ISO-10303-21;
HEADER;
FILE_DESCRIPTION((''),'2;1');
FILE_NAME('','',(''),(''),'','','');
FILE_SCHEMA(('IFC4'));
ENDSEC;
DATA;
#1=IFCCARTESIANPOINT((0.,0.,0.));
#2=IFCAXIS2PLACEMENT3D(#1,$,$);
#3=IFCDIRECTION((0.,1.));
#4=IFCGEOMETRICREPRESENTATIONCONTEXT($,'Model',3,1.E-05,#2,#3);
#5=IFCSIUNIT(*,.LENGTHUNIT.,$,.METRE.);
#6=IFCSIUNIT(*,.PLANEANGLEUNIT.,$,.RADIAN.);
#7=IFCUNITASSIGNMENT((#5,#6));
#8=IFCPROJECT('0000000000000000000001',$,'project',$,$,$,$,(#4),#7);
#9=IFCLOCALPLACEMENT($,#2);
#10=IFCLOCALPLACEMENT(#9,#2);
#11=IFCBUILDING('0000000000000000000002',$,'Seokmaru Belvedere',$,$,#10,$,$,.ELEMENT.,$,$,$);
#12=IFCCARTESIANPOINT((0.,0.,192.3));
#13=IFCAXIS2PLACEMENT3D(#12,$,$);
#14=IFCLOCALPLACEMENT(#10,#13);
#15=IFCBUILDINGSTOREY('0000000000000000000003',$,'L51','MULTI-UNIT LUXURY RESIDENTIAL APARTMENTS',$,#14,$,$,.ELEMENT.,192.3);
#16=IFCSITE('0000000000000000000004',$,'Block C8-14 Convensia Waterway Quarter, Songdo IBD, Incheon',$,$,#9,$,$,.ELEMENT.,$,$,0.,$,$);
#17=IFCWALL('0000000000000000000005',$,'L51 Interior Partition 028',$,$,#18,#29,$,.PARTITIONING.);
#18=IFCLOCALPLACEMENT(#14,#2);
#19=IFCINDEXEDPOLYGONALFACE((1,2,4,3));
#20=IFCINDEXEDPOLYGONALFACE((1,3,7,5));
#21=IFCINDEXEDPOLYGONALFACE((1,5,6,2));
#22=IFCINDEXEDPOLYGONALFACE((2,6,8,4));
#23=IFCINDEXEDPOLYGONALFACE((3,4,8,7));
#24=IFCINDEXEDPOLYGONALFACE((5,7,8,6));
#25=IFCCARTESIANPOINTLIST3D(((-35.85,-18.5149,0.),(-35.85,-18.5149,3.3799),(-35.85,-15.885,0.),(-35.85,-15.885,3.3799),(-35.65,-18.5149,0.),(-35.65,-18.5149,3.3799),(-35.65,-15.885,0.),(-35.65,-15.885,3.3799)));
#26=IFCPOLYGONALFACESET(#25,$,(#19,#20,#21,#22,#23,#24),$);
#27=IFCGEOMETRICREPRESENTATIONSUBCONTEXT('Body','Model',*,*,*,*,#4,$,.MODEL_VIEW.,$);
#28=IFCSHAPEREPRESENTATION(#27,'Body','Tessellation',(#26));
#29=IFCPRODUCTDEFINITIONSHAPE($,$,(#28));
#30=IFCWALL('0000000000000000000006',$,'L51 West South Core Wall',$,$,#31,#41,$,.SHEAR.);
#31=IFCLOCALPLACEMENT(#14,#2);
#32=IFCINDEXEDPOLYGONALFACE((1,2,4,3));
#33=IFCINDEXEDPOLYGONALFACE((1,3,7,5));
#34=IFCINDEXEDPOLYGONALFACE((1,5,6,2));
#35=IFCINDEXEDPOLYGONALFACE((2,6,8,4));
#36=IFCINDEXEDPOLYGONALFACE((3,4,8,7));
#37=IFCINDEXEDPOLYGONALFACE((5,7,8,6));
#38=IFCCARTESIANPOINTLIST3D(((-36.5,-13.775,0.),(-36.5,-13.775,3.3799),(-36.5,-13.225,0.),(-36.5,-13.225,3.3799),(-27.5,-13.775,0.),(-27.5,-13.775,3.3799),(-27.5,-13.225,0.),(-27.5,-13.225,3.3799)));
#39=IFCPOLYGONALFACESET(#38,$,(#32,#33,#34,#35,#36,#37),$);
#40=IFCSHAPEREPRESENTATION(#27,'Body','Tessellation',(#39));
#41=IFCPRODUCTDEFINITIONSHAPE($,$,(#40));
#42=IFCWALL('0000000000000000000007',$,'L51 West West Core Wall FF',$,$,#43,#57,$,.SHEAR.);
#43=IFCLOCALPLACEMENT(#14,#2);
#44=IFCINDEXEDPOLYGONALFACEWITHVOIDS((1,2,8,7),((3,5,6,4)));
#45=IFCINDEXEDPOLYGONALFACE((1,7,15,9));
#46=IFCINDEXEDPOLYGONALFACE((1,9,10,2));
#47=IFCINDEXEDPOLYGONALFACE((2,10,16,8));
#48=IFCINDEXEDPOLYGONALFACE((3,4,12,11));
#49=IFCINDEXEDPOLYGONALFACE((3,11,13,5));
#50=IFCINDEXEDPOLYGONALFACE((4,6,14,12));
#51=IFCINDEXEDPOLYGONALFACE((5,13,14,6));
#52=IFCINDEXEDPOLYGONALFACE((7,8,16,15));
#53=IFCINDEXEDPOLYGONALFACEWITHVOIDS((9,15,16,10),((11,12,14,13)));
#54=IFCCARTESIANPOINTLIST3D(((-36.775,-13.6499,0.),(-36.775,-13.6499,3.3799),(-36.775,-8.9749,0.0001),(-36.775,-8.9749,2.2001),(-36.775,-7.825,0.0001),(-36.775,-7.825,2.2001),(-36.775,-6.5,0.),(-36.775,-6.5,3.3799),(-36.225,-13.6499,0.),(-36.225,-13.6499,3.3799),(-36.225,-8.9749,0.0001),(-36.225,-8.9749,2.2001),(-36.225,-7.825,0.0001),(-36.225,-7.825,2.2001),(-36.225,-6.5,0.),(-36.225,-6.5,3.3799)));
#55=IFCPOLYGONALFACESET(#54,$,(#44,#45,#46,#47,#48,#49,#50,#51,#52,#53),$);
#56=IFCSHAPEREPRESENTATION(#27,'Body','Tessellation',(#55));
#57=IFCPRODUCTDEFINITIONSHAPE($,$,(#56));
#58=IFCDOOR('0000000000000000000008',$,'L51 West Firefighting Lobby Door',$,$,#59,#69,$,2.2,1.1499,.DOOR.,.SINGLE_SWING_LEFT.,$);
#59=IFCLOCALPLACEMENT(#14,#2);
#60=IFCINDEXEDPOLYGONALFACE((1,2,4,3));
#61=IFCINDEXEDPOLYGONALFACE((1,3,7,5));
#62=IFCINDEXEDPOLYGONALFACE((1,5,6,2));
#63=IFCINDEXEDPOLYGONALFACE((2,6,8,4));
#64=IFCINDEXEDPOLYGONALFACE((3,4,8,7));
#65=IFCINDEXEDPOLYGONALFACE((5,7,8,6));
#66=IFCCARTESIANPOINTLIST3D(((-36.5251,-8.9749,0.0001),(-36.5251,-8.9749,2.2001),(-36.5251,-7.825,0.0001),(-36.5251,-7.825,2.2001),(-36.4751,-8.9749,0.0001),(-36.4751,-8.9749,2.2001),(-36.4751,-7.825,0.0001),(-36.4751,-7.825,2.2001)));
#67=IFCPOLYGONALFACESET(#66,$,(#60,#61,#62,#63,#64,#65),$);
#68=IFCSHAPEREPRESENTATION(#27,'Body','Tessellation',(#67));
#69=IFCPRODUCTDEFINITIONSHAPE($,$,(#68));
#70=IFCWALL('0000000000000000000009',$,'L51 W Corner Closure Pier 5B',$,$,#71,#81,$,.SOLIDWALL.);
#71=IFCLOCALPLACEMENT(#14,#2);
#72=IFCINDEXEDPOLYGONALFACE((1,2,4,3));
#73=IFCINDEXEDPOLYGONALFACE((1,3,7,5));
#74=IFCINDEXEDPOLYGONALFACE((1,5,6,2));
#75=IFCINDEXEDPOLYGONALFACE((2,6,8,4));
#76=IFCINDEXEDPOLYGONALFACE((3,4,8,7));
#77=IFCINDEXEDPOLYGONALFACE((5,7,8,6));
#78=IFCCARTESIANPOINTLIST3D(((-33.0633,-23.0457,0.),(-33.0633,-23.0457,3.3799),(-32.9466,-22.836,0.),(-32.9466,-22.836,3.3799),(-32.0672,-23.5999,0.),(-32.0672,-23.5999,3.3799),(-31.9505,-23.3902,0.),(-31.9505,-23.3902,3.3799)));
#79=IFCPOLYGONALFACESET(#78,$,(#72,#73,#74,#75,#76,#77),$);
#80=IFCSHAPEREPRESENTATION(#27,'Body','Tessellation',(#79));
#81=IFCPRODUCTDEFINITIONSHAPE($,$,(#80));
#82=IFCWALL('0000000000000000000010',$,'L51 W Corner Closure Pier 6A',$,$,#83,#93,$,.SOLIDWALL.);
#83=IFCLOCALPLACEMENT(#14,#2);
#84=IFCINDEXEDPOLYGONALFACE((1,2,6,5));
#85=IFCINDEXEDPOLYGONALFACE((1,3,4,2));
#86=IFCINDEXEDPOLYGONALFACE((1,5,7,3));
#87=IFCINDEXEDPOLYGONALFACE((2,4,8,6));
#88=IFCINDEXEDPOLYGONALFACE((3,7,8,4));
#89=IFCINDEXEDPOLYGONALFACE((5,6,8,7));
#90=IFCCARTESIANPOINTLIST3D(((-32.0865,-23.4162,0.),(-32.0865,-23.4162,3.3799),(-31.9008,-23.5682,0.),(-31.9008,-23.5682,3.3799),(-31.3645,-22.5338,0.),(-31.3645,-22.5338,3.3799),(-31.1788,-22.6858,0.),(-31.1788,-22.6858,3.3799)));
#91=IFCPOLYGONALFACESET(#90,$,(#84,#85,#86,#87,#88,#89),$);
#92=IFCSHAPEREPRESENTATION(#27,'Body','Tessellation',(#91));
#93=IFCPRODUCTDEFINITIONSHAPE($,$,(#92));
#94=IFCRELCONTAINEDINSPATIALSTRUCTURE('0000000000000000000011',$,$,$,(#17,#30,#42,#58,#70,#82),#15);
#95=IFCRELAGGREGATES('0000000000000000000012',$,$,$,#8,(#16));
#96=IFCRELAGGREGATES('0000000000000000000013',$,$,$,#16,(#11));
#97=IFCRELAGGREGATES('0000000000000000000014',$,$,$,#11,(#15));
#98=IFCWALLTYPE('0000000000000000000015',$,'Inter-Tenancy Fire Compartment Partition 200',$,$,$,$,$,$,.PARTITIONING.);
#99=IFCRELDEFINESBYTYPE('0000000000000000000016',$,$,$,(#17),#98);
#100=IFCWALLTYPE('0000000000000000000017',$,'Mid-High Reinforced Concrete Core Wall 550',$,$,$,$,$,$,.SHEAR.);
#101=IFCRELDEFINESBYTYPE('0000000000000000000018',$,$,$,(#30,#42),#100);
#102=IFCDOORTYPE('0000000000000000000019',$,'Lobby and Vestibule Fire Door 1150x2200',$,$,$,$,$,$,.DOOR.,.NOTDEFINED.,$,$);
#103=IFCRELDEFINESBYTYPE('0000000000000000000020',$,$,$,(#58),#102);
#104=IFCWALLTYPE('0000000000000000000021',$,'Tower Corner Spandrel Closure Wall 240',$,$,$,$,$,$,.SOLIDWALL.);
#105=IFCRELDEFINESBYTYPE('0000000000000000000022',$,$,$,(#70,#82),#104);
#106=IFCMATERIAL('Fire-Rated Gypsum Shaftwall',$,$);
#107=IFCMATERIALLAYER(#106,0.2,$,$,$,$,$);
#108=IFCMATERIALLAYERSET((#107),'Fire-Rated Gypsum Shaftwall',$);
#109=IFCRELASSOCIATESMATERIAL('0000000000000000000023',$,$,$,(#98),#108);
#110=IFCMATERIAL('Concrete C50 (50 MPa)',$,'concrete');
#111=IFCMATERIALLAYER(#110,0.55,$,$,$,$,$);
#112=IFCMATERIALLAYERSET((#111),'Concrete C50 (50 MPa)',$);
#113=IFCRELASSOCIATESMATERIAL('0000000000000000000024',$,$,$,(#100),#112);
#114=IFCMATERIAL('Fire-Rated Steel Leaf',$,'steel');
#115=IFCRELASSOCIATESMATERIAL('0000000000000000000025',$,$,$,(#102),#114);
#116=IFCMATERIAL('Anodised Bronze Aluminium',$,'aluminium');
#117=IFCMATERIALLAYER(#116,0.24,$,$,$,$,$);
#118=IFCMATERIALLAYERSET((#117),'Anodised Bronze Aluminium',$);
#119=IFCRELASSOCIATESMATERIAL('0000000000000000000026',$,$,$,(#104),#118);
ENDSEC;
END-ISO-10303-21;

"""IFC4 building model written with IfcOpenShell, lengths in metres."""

from ifc_helpers import new_model, si_unit, direction, frame, frame_2d, origin, place, context, subcontext, project, spatial, rectangle, extrude, source, transform, mapped, material, layer, layer_set, type_object, type_shapes, element, fill, save


model = new_model("IFC4")

# Units and contexts
model_context = context("Model", 3, precision=1e-05, world=origin(), true_north=direction((0.0, 1.0)))
body_context = subcontext(model_context, "Body", "Model", "MODEL_VIEW")
ifc_project = project(units=[si_unit("LENGTHUNIT", "METRE"), si_unit("PLANEANGLEUNIT", "RADIAN")], contexts=[model_context])

# Site, building, storey
site_placement = place(None, origin())
site = spatial("IfcSite", under=ifc_project, at=site_placement, Name="Block C8-14 Convensia Waterway Quarter, Songdo IBD, Incheon", CompositionType="ELEMENT", RefElevation=0.0)
building_placement = place(site_placement, origin())
building = spatial("IfcBuilding", under=site, at=building_placement, Name="Seokmaru Belvedere", CompositionType="ELEMENT")
storey_placement = place(building_placement, frame((0.0, 0.0, 192.3)))
storey = spatial("IfcBuildingStorey", under=building, at=storey_placement, Name="L51", Description="MULTI-UNIT LUXURY RESIDENTIAL APARTMENTS", CompositionType="ELEMENT", Elevation=192.3)

# Shared definitions
ifc_material_1 = material(Name="Anodised Bronze Aluminium", Category="aluminium")

# Walls
ifc_material_2 = material(Name="Fire-Rated Gypsum Shaftwall")
ifc_layer_1 = layer(ifc_material_2, 0.2)
ifc_layer_set_1 = layer_set([ifc_layer_1], Name="Fire-Rated Gypsum Shaftwall")
wall_type_1 = type_object("IfcWallType", Name="Inter-Tenancy Fire Compartment Partition 200", PredefinedType="PARTITIONING", material=ifc_layer_set_1)
wall_1_placement = place(storey_placement, frame((-35.75, -18.5149, 0.0), z_axis=(0.0, 0.0, 1.0), x_axis=(0.0, 1.0, 0.0)))
element("IfcWall", 1, at=wall_1_placement, inside=storey, type_object=wall_type_1, Name="L51 Interior Partition 028", PredefinedType="PARTITIONING", context=body_context, shape_type="SweptSolid", body=[
    extrude(rectangle(XDim=2.6299, YDim=0.2, at=frame_2d((1.3149, 0.0))), origin(), (0.0, 0.0, 1.0), 3.3799),
])
ifc_material_3 = material(Name="Concrete C50 (50 MPa)", Category="concrete")
ifc_layer_2 = layer(ifc_material_3, 0.55)
ifc_layer_set_2 = layer_set([ifc_layer_2], Name="Concrete C50 (50 MPa)")
wall_type_2 = type_object("IfcWallType", Name="Mid-High Reinforced Concrete Core Wall 550", PredefinedType="SHEAR", material=ifc_layer_set_2)
wall_2_placement = place(storey_placement, frame((-36.5, -13.5, 0.0), z_axis=(0.0, 0.0, 1.0), x_axis=(1.0, 0.0, 0.0)))
element("IfcWall", 2, at=wall_2_placement, inside=storey, type_object=wall_type_2, Name="L51 West South Core Wall", PredefinedType="SHEAR", context=body_context, shape_type="SweptSolid", body=[
    extrude(rectangle(XDim=9.0, YDim=0.55, at=frame_2d((4.5, 0.0))), origin(), (0.0, 0.0, 1.0), 3.3799),
])

# Wall, opening, door
wall_3_placement = place(storey_placement, frame((-36.5, -13.6499, 0.0), z_axis=(0.0, 0.0, 1.0), x_axis=(0.0, 1.0, 0.0)))
wall_3 = element("IfcWall", 3, at=wall_3_placement, inside=storey, type_object=wall_type_2, Name="L51 West West Core Wall FF", PredefinedType="SHEAR", context=body_context, shape_type="SweptSolid", body=[
    extrude(rectangle(XDim=7.1499, YDim=0.55, at=frame_2d((3.575, 0.0))), origin(), (0.0, 0.0, 1.0), 3.3799),
])
opening_placement = place(wall_3_placement, frame((4.675, 0.0, 0.0)))
opening = element("IfcOpeningElement", 4, at=opening_placement, cuts=wall_3, PredefinedType="OPENING", context=body_context, shape_type="SweptSolid", body=[
    extrude(rectangle(XDim=1.1499, YDim=2.2, at=frame_2d((0.575, 1.1001))), frame((0.0, 0.2852, 0.0), z_axis=(0.0, -1.0, 0.0), x_axis=(1.0, 0.0, 0.0)), (0.0, 0.0, 1.0), 0.5701),
])
ifc_material_4 = material(Name="Fire-Rated Steel Leaf", Category="steel")
door_type = type_object("IfcDoorType", Name="Lobby and Vestibule Fire Door 1150x2200", OperationType="NOTDEFINED", PredefinedType="DOOR", material=ifc_material_4)
shared_shape_1 = source(origin(), body_context, "Body", "SweptSolid", [
    extrude(rectangle(XDim=1.1499, YDim=2.2, at=frame_2d((0.575, 1.1001))), frame((0.0, 0.0249, 0.0), z_axis=(0.0, -1.0, 0.0), x_axis=(1.0, 0.0, 0.0)), (0.0, 0.0, 1.0), 0.05),
])
type_shapes(door_type, [shared_shape_1])
door_placement = place(opening_placement, frame((1.1499, 0.0, 0.0), z_axis=(0.0, 0.0, 1.0), x_axis=(-1.0, 0.0, 0.0)))
door = element("IfcDoor", 5, at=door_placement, inside=storey, type_object=door_type, Name="L51 West Firefighting Lobby Door", OperationType="SINGLE_SWING_LEFT", OverallHeight=2.2, OverallWidth=1.1499, PredefinedType="DOOR", context=body_context, shape_type="MappedRepresentation", body=[
    mapped(shared_shape_1, transform((0.0, 0.0, 0.0), scale=1.0)),
])
fill(opening, door)

# Walls
ifc_layer_3 = layer(ifc_material_1, 0.24)
ifc_layer_set_3 = layer_set([ifc_layer_3], Name="Anodised Bronze Aluminium")
wall_type_3 = type_object("IfcWallType", Name="Tower Corner Spandrel Closure Wall 240", PredefinedType="SOLIDWALL", material=ifc_layer_set_3)
wall_4_placement = place(storey_placement, frame((-33.0049, -22.9409, 0.0), z_axis=(0.0, 0.0, 1.0), x_axis=(0.873854, -0.486188, 0.0)))
element("IfcWall", 6, at=wall_4_placement, inside=storey, type_object=wall_type_3, Name="L51 W Corner Closure Pier 5B", PredefinedType="SOLIDWALL", context=body_context, shape_type="SweptSolid", body=[
    extrude(rectangle(XDim=1.1399, YDim=0.24, at=frame_2d((0.5698, 0.0))), origin(), (0.0, 0.0, 1.0), 3.3799),
])
wall_5_placement = place(storey_placement, frame((-31.9937, -23.4922, 0.0), z_axis=(0.0, 0.0, 1.0), x_axis=(0.633249, 0.773948, 0.0)))
element("IfcWall", 7, at=wall_5_placement, inside=storey, type_object=wall_type_3, Name="L51 W Corner Closure Pier 6A", PredefinedType="SOLIDWALL", context=body_context, shape_type="SweptSolid", body=[
    extrude(rectangle(XDim=1.1401, YDim=0.24, at=frame_2d((0.5701, 0.0))), origin(), (0.0, 0.0, 1.0), 3.3799),
])

save(model, "model.ifc")
